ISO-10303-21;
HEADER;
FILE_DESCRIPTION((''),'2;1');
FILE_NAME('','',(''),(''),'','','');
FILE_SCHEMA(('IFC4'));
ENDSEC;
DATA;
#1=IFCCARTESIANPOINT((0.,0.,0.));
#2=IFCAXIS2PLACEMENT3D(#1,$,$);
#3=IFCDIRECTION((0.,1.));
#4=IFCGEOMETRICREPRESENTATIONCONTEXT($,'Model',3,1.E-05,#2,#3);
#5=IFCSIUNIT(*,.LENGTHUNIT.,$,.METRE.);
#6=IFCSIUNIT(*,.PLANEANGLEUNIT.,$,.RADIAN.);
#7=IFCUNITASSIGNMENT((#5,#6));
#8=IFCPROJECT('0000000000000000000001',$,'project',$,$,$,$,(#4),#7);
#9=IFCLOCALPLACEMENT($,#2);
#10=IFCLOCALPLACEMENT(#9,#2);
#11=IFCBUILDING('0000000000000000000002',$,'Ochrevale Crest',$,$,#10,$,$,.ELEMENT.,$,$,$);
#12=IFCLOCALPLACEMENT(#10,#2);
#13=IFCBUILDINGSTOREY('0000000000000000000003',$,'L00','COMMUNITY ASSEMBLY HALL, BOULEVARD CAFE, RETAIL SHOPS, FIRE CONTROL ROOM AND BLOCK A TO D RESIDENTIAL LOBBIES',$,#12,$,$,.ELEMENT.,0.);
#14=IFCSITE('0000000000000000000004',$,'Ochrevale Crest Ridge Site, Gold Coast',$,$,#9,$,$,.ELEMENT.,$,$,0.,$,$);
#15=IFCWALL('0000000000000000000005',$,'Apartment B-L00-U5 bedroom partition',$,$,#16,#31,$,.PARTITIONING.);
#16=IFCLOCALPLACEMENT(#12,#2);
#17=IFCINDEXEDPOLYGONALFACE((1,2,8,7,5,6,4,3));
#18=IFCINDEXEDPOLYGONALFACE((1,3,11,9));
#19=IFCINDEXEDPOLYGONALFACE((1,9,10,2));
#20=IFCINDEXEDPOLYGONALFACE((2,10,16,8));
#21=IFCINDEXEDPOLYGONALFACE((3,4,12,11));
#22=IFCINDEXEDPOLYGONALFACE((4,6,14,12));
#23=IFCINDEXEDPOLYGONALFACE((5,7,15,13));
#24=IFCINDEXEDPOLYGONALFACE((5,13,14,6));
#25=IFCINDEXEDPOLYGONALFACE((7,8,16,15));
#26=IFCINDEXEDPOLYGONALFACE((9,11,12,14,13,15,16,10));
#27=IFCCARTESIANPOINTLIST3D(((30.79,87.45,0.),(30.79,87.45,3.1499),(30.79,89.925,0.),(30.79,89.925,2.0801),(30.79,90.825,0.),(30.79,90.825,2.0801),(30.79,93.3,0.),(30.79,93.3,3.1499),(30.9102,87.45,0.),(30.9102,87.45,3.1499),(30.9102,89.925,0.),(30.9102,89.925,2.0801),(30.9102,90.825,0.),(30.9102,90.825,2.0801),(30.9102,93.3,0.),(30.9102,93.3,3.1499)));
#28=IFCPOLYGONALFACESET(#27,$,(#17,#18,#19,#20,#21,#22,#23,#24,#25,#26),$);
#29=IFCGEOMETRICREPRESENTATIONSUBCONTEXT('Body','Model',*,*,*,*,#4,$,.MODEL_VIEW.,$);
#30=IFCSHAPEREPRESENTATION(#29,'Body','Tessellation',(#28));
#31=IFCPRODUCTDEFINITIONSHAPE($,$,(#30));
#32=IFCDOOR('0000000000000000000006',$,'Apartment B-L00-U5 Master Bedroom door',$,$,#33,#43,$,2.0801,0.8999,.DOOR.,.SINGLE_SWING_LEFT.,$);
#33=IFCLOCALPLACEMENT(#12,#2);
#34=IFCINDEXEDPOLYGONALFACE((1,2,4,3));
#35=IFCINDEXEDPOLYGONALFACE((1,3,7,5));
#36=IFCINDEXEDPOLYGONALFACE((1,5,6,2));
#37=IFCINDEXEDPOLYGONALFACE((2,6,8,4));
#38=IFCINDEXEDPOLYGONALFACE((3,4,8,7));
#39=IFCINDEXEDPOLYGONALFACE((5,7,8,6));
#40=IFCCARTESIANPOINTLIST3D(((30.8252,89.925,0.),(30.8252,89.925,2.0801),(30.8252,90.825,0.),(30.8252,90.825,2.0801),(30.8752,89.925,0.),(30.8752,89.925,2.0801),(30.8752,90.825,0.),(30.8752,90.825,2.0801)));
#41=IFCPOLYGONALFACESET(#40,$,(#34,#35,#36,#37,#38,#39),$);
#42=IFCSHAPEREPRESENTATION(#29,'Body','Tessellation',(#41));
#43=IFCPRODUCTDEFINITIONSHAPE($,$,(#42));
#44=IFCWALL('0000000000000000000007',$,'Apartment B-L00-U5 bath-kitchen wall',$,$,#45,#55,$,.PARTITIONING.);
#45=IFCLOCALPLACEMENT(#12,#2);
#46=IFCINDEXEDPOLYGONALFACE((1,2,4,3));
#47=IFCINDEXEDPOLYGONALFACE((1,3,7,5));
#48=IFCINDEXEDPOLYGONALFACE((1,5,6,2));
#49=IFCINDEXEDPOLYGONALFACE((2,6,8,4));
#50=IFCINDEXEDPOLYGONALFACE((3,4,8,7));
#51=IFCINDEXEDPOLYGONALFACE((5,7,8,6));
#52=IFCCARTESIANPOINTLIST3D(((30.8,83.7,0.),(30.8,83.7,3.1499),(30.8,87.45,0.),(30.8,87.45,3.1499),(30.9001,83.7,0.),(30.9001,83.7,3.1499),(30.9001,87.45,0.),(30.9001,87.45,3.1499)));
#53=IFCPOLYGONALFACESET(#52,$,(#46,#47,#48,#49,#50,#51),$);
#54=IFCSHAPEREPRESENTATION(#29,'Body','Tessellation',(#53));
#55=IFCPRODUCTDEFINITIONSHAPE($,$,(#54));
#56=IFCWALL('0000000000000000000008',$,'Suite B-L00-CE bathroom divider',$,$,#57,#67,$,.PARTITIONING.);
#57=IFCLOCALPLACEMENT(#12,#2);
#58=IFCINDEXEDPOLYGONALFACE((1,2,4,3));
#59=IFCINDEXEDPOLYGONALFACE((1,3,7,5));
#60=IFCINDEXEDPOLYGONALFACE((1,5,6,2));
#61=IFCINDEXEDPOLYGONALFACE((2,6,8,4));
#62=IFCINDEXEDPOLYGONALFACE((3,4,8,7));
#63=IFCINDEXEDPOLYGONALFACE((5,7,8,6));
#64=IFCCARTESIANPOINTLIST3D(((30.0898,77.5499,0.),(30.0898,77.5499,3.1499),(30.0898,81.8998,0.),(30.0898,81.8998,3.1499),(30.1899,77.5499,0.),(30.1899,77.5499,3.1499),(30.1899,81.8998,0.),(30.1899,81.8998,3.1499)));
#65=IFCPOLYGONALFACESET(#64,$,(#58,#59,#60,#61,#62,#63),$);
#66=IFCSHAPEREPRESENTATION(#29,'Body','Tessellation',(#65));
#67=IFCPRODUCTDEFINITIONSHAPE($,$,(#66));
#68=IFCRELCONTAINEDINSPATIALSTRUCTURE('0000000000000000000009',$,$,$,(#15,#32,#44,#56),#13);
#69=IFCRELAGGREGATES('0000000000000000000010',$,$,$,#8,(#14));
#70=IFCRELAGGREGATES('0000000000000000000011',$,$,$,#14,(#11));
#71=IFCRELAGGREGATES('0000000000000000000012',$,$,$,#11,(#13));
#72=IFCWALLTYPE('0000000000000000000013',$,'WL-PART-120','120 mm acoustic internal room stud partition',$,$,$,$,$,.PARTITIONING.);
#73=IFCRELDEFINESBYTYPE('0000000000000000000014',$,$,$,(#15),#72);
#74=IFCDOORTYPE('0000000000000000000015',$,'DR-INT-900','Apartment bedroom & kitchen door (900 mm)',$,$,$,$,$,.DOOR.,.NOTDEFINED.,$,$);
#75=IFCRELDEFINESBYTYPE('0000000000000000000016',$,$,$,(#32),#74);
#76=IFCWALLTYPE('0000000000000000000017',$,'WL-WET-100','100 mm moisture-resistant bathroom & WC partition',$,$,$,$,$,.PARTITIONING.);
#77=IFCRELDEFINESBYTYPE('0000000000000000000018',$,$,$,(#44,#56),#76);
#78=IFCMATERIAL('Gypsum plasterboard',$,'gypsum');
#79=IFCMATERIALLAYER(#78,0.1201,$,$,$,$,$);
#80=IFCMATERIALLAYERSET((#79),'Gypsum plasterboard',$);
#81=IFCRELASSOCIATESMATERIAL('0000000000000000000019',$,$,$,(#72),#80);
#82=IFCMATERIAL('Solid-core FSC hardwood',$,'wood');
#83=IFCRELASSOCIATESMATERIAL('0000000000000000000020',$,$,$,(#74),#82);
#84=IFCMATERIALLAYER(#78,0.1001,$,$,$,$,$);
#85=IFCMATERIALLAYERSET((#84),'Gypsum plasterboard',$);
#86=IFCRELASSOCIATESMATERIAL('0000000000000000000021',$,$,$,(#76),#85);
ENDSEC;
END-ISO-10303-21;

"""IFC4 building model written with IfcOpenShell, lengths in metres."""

from ifc_helpers import new_model, si_unit, direction, frame, frame_2d, origin, place, context, subcontext, project, spatial, rectangle, extrude, material, layer, layer_set, type_object, element, fill, save


model = new_model("IFC4")

# Units and contexts
model_context = context("Model", 3, precision=1e-05, world=origin(), true_north=direction((0.0, 1.0)))
body_context = subcontext(model_context, "Body", "Model", "MODEL_VIEW")
ifc_project = project(units=[si_unit("LENGTHUNIT", "METRE"), si_unit("PLANEANGLEUNIT", "RADIAN")], contexts=[model_context])

# Site, building, storey
site_placement = place(None, origin())
site = spatial("IfcSite", under=ifc_project, at=site_placement, Name="Ochrevale Crest Ridge Site, Gold Coast", CompositionType="ELEMENT", RefElevation=0.0)
building_placement = place(site_placement, origin())
building = spatial("IfcBuilding", under=site, at=building_placement, Name="Ochrevale Crest", CompositionType="ELEMENT")
storey_placement = place(building_placement, origin())
storey = spatial("IfcBuildingStorey", under=building, at=storey_placement, Name="L00", Description="COMMUNITY ASSEMBLY HALL, BOULEVARD CAFE, RETAIL SHOPS, FIRE CONTROL ROOM AND BLOCK A TO D RESIDENTIAL LOBBIES", CompositionType="ELEMENT", Elevation=0.0)

# Shared definitions
ifc_material_1 = material(Name="Gypsum plasterboard", Category="gypsum")
ifc_layer_1 = layer(ifc_material_1, 0.1201)
ifc_layer_set_1 = layer_set([ifc_layer_1], Name="Gypsum plasterboard")
wall_type_1 = type_object("IfcWallType", Name="WL-PART-120", Description="120 mm acoustic internal room stud partition", PredefinedType="PARTITIONING", material=ifc_layer_set_1)

# Wall, opening, door
wall_1_placement = place(storey_placement, frame((30.8501, 87.45, 0.0), z_axis=(0.0, 0.0, 1.0), x_axis=(0.0, 1.0, 0.0)))
wall_1 = element("IfcWall", 1, at=wall_1_placement, inside=storey, type_object=wall_type_1, Name="Apartment B-L00-U5 bedroom partition", PredefinedType="PARTITIONING", context=body_context, shape_type="SweptSolid", body=[
    extrude(rectangle(XDim=5.8501, YDim=0.1201, at=frame_2d((2.925, 0.0))), origin(), (0.0, 0.0, 1.0), 3.1499),
])
opening_1_placement = place(wall_1_placement, frame((2.4751, 0.0, 0.0)))
opening_1 = element("IfcOpeningElement", 2, at=opening_1_placement, cuts=wall_1, PredefinedType="OPENING", context=body_context, shape_type="SweptSolid", body=[
    extrude(rectangle(XDim=0.8999, YDim=2.0801, at=frame_2d((0.45, 1.04))), frame((0.0, 0.0701, 0.0), z_axis=(0.0, -1.0, 0.0), x_axis=(1.0, 0.0, 0.0)), (0.0, 0.0, 1.0), 0.1401),
])
ifc_material_2 = material(Name="Solid-core FSC hardwood", Category="wood")
door_type_1 = type_object("IfcDoorType", Name="DR-INT-900", Description="Apartment bedroom & kitchen door (900 mm)", OperationType="NOTDEFINED", PredefinedType="DOOR", material=ifc_material_2)
door_1_placement = place(opening_1_placement, origin())
door_1 = element("IfcDoor", 3, at=door_1_placement, inside=storey, type_object=door_type_1, Name="Apartment B-L00-U5 Master Bedroom door", OperationType="SINGLE_SWING_LEFT", OverallHeight=2.0801, OverallWidth=0.8999, PredefinedType="DOOR", context=body_context, shape_type="SweptSolid", body=[
    extrude(rectangle(XDim=0.8999, YDim=2.0801, at=frame_2d((0.45, 1.04))), frame((0.0, 0.0249, 0.0), z_axis=(0.0, -1.0, 0.0), x_axis=(1.0, 0.0, 0.0)), (0.0, 0.0, 1.0), 0.05),
])
fill(opening_1, door_1)

# Walls
ifc_layer_2 = layer(ifc_material_1, 0.1001)
ifc_layer_set_2 = layer_set([ifc_layer_2], Name="Gypsum plasterboard")
wall_type_2 = type_object("IfcWallType", Name="WL-WET-100", Description="100 mm moisture-resistant bathroom & WC partition", PredefinedType="PARTITIONING", material=ifc_layer_set_2)
wall_2_placement = place(storey_placement, frame((30.8501, 83.7, 0.0), z_axis=(0.0, 0.0, 1.0), x_axis=(0.0, 1.0, 0.0)))
element("IfcWall", 4, at=wall_2_placement, inside=storey, type_object=wall_type_2, Name="Apartment B-L00-U5 bath-kitchen wall", PredefinedType="PARTITIONING", context=body_context, shape_type="SweptSolid", body=[
    extrude(rectangle(XDim=3.75, YDim=0.1001, at=frame_2d((1.875, 0.0))), origin(), (0.0, 0.0, 1.0), 3.1499),
])
wall_3_placement = place(storey_placement, frame((30.1399, 77.55, 0.0), z_axis=(0.0, 0.0, 1.0), x_axis=(0.0, 1.0, 0.0)))
element("IfcWall", 5, at=wall_3_placement, inside=storey, type_object=wall_type_2, Name="Suite B-L00-CE bathroom divider", PredefinedType="PARTITIONING", context=body_context, shape_type="SweptSolid", body=[
    extrude(rectangle(XDim=4.3499, YDim=0.1001, at=frame_2d((2.1748, 0.0))), origin(), (0.0, 0.0, 1.0), 3.1499),
])

save(model, "model.ifc")
